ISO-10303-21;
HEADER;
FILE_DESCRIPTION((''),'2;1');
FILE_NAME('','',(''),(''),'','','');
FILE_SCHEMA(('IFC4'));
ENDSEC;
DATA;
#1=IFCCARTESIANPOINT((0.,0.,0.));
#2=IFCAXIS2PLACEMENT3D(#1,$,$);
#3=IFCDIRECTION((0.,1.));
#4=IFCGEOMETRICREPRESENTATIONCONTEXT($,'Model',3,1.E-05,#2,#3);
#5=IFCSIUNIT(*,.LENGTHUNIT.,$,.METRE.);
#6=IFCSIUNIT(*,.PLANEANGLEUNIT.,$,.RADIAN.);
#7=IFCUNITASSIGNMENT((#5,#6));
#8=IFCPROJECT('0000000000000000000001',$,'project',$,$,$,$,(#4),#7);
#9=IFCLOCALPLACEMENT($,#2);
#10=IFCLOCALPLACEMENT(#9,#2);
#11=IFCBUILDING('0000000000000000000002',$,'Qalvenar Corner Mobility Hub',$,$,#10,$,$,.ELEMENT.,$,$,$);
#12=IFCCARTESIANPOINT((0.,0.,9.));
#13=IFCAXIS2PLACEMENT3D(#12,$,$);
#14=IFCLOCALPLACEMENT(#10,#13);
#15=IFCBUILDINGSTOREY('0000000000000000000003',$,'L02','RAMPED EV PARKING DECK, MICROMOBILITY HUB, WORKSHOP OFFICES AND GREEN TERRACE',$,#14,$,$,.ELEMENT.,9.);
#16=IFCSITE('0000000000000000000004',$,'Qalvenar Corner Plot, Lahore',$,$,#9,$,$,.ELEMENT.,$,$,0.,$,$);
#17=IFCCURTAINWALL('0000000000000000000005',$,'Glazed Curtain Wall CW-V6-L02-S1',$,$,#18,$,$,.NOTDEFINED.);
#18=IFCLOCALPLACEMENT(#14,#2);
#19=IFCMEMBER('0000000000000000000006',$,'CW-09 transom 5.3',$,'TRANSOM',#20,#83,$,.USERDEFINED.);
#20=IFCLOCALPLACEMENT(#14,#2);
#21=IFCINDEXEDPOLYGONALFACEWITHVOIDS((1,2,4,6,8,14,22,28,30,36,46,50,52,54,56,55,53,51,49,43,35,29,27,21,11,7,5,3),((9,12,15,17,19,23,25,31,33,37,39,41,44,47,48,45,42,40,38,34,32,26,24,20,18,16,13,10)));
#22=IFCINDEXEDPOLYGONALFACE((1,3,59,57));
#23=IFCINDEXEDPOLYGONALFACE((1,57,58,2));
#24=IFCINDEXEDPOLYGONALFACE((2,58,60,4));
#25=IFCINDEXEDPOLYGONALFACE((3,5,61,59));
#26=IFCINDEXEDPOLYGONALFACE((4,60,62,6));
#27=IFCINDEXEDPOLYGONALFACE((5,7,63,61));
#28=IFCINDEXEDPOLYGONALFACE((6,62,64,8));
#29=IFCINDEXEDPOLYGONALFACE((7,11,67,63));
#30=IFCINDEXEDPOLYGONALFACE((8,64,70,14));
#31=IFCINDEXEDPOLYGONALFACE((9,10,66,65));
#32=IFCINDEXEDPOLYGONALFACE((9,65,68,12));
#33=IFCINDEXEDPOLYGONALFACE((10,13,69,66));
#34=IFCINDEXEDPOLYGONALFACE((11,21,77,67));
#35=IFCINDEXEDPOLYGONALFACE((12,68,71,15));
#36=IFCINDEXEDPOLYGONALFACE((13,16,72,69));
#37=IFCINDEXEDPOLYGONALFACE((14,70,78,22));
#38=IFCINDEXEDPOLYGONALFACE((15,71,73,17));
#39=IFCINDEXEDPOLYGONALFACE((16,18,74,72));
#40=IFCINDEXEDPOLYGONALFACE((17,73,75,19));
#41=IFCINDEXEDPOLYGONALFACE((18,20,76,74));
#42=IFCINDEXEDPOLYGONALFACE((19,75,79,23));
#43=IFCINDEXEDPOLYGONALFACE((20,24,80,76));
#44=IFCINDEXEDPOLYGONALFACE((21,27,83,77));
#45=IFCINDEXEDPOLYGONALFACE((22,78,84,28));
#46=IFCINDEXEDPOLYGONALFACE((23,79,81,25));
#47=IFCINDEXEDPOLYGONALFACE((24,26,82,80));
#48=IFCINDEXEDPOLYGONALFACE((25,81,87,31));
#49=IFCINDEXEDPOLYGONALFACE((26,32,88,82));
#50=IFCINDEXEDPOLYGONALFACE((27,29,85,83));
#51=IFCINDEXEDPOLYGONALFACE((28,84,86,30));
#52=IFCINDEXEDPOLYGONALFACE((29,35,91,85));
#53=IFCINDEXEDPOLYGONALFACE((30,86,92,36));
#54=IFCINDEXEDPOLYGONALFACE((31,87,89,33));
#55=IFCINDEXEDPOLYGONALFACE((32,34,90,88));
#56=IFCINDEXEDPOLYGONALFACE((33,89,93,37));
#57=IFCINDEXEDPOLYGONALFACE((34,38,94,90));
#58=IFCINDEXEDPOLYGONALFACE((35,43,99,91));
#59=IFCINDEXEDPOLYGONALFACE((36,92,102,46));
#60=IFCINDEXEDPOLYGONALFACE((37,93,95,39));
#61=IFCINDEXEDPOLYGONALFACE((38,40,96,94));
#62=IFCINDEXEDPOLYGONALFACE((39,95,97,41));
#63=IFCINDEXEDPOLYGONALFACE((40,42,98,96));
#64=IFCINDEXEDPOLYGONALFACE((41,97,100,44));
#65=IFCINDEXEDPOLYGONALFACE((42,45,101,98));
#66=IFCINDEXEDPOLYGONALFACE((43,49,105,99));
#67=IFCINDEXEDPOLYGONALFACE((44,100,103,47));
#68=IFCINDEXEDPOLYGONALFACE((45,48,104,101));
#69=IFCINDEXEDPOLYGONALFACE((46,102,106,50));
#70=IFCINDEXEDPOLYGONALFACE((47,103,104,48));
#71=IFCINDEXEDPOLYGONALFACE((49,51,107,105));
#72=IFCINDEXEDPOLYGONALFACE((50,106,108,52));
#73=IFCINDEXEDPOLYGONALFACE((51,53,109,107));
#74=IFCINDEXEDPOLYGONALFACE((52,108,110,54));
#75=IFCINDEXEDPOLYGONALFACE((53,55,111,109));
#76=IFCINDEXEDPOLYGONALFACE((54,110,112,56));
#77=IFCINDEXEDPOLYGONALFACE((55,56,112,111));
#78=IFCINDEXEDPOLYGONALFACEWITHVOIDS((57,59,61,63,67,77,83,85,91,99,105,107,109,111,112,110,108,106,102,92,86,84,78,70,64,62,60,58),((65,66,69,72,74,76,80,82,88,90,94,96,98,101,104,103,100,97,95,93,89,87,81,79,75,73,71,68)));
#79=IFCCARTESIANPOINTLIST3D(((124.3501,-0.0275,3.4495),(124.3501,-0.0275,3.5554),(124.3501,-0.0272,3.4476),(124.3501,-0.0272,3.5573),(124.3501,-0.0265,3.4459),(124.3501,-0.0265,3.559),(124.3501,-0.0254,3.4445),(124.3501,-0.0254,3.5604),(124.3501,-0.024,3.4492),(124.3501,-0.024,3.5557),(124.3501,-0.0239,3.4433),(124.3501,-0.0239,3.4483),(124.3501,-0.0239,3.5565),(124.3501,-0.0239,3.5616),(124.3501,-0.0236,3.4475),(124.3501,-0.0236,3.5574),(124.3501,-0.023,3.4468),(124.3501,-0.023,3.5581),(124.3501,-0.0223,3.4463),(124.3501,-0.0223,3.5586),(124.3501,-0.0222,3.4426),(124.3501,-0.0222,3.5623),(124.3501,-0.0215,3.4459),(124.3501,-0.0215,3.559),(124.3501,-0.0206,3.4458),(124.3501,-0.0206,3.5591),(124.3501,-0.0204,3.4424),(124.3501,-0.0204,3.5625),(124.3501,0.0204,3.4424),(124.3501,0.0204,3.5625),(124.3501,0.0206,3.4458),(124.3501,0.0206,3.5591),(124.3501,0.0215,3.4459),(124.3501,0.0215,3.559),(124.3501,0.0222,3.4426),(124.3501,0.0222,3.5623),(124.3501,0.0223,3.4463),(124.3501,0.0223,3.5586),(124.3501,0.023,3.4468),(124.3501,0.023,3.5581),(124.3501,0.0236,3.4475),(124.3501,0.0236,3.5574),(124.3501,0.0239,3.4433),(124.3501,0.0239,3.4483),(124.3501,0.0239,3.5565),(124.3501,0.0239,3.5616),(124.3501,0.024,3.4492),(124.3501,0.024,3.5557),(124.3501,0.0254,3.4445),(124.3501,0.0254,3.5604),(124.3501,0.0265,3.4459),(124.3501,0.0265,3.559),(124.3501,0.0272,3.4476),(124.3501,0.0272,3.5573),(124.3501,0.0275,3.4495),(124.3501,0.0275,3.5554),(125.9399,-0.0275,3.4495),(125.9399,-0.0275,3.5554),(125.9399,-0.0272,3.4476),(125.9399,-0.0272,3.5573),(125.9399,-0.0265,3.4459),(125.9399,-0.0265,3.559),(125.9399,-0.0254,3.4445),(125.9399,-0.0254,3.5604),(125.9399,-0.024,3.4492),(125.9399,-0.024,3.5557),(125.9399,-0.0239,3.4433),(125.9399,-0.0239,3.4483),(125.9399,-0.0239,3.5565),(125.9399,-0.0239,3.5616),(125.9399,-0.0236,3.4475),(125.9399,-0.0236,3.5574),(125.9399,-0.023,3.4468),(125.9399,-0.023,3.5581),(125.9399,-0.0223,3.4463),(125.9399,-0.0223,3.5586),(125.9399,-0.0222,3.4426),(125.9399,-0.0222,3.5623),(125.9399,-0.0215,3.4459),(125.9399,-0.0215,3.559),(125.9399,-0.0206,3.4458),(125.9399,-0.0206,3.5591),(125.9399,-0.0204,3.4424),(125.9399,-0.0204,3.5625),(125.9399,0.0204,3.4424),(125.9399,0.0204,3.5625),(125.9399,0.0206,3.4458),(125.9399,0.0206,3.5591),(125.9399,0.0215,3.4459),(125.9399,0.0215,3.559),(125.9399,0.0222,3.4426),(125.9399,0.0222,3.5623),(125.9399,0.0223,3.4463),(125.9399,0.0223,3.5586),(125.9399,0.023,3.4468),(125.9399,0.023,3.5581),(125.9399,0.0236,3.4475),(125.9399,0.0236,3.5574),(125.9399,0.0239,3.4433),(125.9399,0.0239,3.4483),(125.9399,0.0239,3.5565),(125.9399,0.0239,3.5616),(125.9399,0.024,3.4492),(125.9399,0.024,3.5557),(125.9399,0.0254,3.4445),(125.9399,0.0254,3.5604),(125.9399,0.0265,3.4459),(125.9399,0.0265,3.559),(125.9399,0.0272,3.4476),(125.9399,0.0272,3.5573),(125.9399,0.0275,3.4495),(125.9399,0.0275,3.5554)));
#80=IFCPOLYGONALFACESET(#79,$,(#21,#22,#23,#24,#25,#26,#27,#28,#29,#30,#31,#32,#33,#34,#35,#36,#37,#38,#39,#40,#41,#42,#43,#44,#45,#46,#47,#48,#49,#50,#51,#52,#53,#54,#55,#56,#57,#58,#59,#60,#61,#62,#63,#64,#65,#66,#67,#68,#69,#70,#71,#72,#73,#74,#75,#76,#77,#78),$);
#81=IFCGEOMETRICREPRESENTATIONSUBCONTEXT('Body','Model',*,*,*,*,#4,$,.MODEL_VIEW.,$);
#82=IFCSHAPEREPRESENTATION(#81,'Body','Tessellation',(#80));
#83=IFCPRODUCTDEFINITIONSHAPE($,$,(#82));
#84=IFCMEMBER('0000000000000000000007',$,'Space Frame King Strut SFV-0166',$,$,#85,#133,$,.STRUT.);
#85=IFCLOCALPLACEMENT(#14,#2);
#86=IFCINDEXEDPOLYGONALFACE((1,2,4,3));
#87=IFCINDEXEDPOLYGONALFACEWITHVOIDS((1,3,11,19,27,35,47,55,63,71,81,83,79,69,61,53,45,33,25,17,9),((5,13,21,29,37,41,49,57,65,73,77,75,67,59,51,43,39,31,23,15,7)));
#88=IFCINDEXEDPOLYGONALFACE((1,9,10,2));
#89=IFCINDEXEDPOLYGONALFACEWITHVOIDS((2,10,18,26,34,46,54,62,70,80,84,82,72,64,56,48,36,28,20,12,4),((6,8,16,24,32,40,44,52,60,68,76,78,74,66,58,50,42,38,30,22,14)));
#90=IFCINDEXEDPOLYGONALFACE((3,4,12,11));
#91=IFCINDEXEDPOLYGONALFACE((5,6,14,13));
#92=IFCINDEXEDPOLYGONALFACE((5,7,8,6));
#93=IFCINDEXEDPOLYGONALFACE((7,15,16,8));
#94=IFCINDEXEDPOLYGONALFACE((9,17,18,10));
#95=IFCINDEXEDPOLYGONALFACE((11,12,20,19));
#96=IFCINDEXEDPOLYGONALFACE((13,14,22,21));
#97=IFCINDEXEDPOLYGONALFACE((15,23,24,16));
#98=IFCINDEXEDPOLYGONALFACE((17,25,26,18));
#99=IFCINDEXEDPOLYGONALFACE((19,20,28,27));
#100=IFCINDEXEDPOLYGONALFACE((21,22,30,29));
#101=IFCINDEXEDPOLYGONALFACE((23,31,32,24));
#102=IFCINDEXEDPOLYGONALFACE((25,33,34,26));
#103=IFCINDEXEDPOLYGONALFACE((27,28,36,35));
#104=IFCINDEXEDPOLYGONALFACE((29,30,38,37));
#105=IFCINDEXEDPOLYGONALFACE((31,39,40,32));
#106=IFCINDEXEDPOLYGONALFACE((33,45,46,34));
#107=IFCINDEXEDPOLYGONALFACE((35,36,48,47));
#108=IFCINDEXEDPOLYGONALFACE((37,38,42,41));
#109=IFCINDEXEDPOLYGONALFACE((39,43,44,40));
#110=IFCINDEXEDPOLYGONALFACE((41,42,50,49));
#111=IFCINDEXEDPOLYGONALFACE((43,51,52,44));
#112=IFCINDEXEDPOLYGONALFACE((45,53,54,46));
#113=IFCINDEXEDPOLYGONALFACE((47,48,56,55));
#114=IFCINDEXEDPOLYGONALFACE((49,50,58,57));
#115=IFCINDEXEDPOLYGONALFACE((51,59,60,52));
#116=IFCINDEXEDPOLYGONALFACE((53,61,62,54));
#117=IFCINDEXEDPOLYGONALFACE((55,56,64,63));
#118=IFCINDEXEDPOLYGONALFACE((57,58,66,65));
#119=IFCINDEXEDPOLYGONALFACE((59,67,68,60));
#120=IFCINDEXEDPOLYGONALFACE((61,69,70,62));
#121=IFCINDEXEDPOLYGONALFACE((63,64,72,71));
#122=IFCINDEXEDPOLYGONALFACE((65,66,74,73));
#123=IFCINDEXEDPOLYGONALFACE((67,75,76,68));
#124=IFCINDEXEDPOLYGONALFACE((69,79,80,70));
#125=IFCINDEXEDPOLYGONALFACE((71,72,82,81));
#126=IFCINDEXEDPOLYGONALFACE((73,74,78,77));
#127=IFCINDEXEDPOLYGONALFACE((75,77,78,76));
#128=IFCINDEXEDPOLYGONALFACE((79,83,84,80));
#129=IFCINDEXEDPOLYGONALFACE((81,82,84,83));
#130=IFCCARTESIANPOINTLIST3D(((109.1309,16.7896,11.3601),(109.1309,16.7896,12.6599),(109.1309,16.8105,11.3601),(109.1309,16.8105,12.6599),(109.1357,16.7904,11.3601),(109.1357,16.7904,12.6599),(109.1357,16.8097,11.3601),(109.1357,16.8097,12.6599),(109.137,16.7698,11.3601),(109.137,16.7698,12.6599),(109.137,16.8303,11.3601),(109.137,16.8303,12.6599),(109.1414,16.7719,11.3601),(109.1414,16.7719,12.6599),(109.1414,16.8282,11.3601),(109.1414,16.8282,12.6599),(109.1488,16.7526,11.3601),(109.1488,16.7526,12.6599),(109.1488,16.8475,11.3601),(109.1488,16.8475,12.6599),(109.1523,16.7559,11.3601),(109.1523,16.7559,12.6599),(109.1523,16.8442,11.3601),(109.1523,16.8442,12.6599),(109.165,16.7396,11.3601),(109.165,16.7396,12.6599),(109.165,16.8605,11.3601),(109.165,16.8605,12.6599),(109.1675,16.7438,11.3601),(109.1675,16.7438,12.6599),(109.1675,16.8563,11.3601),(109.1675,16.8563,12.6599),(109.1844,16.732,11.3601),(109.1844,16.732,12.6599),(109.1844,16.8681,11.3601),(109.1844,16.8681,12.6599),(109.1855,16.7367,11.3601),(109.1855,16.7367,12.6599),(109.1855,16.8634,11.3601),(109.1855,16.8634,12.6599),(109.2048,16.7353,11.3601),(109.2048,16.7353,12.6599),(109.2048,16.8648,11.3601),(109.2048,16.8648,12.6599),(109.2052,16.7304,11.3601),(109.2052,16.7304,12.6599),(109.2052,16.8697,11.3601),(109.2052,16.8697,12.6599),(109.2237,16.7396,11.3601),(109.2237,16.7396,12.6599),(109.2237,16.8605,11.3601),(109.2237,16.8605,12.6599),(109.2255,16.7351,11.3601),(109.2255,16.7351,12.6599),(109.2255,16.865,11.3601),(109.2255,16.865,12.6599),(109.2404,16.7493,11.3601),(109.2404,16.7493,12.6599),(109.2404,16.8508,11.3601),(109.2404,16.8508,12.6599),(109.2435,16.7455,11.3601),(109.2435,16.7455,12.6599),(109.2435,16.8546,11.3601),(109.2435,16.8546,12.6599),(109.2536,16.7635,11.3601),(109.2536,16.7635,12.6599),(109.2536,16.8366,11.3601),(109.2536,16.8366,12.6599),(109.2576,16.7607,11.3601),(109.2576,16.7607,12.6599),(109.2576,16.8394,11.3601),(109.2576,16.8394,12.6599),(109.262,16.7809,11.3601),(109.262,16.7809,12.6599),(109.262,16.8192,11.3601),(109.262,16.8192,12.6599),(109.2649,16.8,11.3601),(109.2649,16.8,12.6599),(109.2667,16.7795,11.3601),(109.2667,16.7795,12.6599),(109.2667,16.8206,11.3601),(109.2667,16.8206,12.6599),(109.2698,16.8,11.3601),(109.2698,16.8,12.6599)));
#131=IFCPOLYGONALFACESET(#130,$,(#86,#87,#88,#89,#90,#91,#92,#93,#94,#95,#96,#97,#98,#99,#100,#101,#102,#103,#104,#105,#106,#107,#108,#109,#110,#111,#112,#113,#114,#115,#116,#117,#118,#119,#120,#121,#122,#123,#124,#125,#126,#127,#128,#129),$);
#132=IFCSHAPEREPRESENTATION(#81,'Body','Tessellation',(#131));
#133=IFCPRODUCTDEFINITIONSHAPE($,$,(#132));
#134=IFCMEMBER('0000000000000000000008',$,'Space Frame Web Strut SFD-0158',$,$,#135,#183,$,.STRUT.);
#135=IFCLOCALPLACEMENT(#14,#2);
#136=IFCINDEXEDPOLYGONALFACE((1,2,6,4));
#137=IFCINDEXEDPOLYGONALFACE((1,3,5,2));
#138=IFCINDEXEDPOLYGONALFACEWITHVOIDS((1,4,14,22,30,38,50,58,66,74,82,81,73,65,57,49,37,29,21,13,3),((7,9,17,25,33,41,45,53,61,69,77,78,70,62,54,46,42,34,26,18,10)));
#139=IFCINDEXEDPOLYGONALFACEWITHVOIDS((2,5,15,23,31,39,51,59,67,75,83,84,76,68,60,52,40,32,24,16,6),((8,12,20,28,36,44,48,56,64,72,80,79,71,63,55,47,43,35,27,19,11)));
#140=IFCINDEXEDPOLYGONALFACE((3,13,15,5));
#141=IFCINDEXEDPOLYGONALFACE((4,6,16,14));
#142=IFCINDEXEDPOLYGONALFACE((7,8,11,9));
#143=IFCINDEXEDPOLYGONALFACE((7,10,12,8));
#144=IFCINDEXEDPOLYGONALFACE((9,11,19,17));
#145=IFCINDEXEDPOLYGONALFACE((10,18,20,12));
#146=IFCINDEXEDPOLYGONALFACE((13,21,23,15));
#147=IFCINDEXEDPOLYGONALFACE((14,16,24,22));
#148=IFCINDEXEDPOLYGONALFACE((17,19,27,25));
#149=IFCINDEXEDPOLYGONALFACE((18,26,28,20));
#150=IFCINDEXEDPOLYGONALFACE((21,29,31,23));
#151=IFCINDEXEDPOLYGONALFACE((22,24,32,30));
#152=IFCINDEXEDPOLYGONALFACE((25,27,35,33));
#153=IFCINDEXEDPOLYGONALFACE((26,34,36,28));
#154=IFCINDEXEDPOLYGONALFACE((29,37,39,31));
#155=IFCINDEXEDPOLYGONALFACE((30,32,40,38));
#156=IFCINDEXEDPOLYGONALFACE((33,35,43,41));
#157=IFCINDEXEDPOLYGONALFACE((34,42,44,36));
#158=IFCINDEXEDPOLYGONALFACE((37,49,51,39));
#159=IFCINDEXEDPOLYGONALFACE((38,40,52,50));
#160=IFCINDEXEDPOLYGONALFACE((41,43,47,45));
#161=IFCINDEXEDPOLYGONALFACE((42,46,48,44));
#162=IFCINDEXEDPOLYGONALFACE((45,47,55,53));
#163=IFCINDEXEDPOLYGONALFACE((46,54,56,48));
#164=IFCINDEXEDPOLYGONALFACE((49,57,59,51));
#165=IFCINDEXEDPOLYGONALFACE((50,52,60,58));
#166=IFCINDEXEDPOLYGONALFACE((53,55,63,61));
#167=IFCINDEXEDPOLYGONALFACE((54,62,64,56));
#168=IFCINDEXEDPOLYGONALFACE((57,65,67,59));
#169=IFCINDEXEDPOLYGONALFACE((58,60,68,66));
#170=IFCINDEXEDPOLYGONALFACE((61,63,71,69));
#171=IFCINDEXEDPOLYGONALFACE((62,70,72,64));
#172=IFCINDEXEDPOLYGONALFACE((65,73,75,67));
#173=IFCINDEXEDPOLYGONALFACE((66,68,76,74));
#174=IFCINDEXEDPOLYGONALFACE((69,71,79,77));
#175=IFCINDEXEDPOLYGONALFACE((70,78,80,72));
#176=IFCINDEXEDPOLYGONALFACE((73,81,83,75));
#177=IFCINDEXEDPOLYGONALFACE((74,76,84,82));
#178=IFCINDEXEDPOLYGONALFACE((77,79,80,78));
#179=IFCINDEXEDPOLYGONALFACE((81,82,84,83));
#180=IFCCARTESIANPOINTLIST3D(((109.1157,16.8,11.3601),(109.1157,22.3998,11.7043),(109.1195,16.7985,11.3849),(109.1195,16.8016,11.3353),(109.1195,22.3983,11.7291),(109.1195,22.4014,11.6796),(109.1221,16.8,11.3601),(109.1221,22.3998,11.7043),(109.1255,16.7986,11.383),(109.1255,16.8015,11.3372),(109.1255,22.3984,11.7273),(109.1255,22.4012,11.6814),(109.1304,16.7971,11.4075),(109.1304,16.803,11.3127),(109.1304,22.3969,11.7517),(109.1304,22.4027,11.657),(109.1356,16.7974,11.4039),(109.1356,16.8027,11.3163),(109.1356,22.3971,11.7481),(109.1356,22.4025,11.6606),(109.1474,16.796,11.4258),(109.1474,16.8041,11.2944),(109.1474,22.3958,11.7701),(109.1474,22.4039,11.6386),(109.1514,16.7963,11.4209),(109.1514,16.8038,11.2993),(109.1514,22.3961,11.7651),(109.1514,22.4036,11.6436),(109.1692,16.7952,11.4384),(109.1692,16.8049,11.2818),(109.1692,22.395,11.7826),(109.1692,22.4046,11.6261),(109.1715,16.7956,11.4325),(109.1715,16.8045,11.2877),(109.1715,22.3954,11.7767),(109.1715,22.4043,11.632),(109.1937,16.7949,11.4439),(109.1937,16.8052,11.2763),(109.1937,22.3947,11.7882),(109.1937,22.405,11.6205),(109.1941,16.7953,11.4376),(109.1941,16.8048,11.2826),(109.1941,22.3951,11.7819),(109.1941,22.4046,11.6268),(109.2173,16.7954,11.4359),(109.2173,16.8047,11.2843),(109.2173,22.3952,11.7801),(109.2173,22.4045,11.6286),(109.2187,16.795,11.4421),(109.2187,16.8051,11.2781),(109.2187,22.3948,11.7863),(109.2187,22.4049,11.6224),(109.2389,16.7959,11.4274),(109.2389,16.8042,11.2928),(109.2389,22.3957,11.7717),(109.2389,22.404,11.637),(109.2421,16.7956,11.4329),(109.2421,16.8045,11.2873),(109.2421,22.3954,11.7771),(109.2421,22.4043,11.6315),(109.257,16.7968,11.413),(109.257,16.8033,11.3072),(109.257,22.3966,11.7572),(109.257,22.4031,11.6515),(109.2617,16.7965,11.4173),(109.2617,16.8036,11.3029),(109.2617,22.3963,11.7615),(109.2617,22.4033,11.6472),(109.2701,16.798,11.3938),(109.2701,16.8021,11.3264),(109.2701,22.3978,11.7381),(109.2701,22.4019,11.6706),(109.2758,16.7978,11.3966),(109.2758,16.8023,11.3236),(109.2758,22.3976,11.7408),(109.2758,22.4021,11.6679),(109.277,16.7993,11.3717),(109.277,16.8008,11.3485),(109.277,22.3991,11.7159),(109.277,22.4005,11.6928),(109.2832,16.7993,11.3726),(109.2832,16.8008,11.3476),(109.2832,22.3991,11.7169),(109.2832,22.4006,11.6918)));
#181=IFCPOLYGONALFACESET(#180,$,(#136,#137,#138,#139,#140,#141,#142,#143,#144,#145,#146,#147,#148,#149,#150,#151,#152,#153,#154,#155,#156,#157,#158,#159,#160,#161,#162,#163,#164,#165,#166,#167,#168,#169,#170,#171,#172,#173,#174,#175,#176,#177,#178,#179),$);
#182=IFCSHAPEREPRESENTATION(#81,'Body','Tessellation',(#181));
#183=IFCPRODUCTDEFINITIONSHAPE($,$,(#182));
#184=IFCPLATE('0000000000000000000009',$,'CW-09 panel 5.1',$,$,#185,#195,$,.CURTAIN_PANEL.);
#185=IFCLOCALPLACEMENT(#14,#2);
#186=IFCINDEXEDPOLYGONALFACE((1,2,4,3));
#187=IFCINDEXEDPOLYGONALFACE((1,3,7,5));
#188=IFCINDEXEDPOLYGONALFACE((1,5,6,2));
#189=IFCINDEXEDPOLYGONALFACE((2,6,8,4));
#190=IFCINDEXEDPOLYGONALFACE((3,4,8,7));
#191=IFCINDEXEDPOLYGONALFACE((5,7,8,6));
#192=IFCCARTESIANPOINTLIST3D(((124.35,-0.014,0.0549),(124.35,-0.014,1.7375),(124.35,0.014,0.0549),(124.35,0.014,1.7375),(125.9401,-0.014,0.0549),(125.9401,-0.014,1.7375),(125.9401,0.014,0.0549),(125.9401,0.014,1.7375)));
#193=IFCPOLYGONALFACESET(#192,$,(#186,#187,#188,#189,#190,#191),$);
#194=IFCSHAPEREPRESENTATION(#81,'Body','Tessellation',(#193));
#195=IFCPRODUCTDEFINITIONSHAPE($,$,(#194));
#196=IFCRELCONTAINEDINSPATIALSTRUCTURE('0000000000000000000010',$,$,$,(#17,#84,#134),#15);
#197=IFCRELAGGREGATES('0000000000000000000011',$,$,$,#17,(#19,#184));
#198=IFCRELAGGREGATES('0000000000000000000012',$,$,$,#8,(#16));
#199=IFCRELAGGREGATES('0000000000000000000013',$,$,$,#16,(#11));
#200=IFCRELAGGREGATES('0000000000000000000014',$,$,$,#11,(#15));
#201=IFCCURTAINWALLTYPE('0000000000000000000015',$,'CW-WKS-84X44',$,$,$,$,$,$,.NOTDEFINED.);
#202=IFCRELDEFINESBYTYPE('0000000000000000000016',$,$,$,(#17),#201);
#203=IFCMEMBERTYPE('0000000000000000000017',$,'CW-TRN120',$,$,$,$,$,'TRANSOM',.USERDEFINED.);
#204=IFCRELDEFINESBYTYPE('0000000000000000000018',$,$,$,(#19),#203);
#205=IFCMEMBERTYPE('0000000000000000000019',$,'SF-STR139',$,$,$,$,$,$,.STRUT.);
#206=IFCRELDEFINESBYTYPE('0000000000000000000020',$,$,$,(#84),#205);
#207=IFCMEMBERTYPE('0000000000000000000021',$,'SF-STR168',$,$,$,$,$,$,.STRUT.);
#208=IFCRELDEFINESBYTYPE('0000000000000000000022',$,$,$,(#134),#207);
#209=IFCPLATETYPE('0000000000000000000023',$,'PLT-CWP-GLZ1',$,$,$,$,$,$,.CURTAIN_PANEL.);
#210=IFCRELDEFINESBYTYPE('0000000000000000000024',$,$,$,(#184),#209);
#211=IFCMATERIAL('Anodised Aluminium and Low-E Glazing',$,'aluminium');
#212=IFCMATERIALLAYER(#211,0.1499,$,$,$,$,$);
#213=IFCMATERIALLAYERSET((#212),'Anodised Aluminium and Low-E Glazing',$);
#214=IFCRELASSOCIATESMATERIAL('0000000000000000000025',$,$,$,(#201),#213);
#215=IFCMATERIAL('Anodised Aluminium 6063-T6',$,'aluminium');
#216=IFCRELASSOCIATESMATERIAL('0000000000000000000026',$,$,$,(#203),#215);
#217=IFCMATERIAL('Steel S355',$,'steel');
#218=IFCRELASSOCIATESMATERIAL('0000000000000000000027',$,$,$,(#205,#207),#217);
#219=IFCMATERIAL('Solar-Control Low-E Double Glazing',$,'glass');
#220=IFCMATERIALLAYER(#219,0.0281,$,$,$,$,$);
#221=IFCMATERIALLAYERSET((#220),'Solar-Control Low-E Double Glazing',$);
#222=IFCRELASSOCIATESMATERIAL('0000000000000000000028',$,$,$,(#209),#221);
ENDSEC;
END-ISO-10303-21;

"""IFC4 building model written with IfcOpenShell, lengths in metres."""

from ifc_helpers import new_model, si_unit, direction, frame, origin, origin_2d, place, context, subcontext, project, spatial, rectangle, hollow_rectangle, hollow_circle, extrude, material, layer, layer_set, material_profile, profile_set, type_object, element, aggregate, save


model = new_model("IFC4")

# Units and contexts
model_context = context("Model", 3, precision=1e-05, world=origin(), true_north=direction((0.0, 1.0)))
body_context = subcontext(model_context, "Body", "Model", "MODEL_VIEW")
ifc_project = project(units=[si_unit("LENGTHUNIT", "METRE"), si_unit("PLANEANGLEUNIT", "RADIAN")], contexts=[model_context])

# Site, building, storey
site_placement = place(None, origin())
site = spatial("IfcSite", under=ifc_project, at=site_placement, Name="Qalvenar Corner Plot, Lahore", CompositionType="ELEMENT", RefElevation=0.0)
building_placement = place(site_placement, origin())
building = spatial("IfcBuilding", under=site, at=building_placement, Name="Qalvenar Corner Mobility Hub", CompositionType="ELEMENT")
storey_placement = place(building_placement, frame((0.0, 0.0, 9.0)))
storey = spatial("IfcBuildingStorey", under=building, at=storey_placement, Name="L02", Description="RAMPED EV PARKING DECK, MICROMOBILITY HUB, WORKSHOP OFFICES AND GREEN TERRACE", CompositionType="ELEMENT", Elevation=9.0)

# Curtain wall, member
ifc_material_1 = material(Name="Anodised Aluminium and Low-E Glazing", Category="aluminium")
ifc_layer_1 = layer(ifc_material_1, 0.1499)
ifc_layer_set_1 = layer_set([ifc_layer_1], Name="Anodised Aluminium and Low-E Glazing")
curtain_wall_type = type_object("IfcCurtainWallType", Name="CW-WKS-84X44", PredefinedType="NOTDEFINED", material=ifc_layer_set_1)
curtain_wall_placement = place(storey_placement, origin())
curtain_wall = element("IfcCurtainWall", 1, at=curtain_wall_placement, inside=storey, type_object=curtain_wall_type, Name="Glazed Curtain Wall CW-V6-L02-S1", PredefinedType="NOTDEFINED")
ifc_material_2 = material(Name="Anodised Aluminium 6063-T6", Category="aluminium")
ifc_material_profile_1 = material_profile(ifc_material_2, hollow_rectangle(XDim=0.0549, YDim=0.1201, WallThickness=0.0034, InnerFilletRadius=0.0034, OuterFilletRadius=0.0071, at=origin_2d()), Name="RHS120x55x3.5")
ifc_profile_set_1 = profile_set([ifc_material_profile_1], Name="Anodised Aluminium 6063-T6")
member_type_1 = type_object("IfcMemberType", Name="CW-TRN120", ElementType="TRANSOM", PredefinedType="USERDEFINED", material=ifc_profile_set_1)
member_1_placement = place(storey_placement, frame((124.3501, 0.0, 3.5024), z_axis=(1.0, 0.0, 0.0), x_axis=(0.0, 1.0, 0.0)))
member_1 = element("IfcMember", 2, at=member_1_placement, type_object=member_type_1, Name="CW-09 transom 5.3", ObjectType="TRANSOM", PredefinedType="USERDEFINED", context=body_context, shape_type="SweptSolid", body=[
    extrude(hollow_rectangle(XDim=0.0549, YDim=0.1201, WallThickness=0.0034, InnerFilletRadius=0.0034, OuterFilletRadius=0.0071, at=origin_2d()), origin(), (0.0, 0.0, 1.0), 1.5898),
])

# Members
ifc_material_3 = material(Name="Steel S355", Category="steel")
ifc_material_profile_2 = material_profile(ifc_material_3, hollow_circle(Radius=0.0698, WallThickness=0.0049, at=origin_2d()), Name="CHS139.7x5")
ifc_profile_set_2 = profile_set([ifc_material_profile_2], Name="Steel S355")
member_type_2 = type_object("IfcMemberType", Name="SF-STR139", PredefinedType="STRUT", material=ifc_profile_set_2)
member_2_placement = place(storey_placement, frame((109.2, 16.8, 11.3601), z_axis=(0.0, 0.0, 1.0), x_axis=(1.0, 0.0, 0.0)))
element("IfcMember", 3, at=member_2_placement, inside=storey, type_object=member_type_2, Name="Space Frame King Strut SFV-0166", PredefinedType="STRUT", context=body_context, shape_type="SweptSolid", body=[
    extrude(hollow_circle(Radius=0.0698, WallThickness=0.0049, at=origin_2d()), origin(), (0.0, 0.0, 1.0), 1.2998),
])
ifc_material_profile_3 = material_profile(ifc_material_3, hollow_circle(Radius=0.0842, WallThickness=0.0063, at=origin_2d()), Name="CHS168.3x6.3")
ifc_profile_set_3 = profile_set([ifc_material_profile_3], Name="Steel S355")
member_type_3 = type_object("IfcMemberType", Name="SF-STR168", PredefinedType="STRUT", material=ifc_profile_set_3)
member_3_placement = place(storey_placement, frame((109.2, 16.8, 11.3601), z_axis=(0.0, 0.998116, 0.061357), x_axis=(-1.0, 0.0, 0.0)))
element("IfcMember", 4, at=member_3_placement, inside=storey, type_object=member_type_3, Name="Space Frame Web Strut SFD-0158", PredefinedType="STRUT", context=body_context, shape_type="SweptSolid", body=[
    extrude(hollow_circle(Radius=0.0842, WallThickness=0.0063, at=origin_2d()), origin(), (0.0, 0.0, 1.0), 5.6104),
])

# Plate
ifc_material_4 = material(Name="Solar-Control Low-E Double Glazing", Category="glass")
ifc_layer_2 = layer(ifc_material_4, 0.0281)
ifc_layer_set_2 = layer_set([ifc_layer_2], Name="Solar-Control Low-E Double Glazing")
plate_type = type_object("IfcPlateType", Name="PLT-CWP-GLZ1", PredefinedType="CURTAIN_PANEL", material=ifc_layer_set_2)
plate_1_placement = place(storey_placement, frame((125.145, 0.0, 0.0549), z_axis=(0.0, 0.0, 1.0), x_axis=(1.0, 0.0, 0.0)))
plate_1 = element("IfcPlate", 5, at=plate_1_placement, type_object=plate_type, Name="CW-09 panel 5.1", PredefinedType="CURTAIN_PANEL", context=body_context, shape_type="SweptSolid", body=[
    extrude(rectangle(XDim=1.5901, YDim=0.0281, at=origin_2d()), origin(), (0.0, 0.0, 1.0), 1.6826),
])
aggregate(curtain_wall, [member_1, plate_1])

save(model, "model.ifc")
